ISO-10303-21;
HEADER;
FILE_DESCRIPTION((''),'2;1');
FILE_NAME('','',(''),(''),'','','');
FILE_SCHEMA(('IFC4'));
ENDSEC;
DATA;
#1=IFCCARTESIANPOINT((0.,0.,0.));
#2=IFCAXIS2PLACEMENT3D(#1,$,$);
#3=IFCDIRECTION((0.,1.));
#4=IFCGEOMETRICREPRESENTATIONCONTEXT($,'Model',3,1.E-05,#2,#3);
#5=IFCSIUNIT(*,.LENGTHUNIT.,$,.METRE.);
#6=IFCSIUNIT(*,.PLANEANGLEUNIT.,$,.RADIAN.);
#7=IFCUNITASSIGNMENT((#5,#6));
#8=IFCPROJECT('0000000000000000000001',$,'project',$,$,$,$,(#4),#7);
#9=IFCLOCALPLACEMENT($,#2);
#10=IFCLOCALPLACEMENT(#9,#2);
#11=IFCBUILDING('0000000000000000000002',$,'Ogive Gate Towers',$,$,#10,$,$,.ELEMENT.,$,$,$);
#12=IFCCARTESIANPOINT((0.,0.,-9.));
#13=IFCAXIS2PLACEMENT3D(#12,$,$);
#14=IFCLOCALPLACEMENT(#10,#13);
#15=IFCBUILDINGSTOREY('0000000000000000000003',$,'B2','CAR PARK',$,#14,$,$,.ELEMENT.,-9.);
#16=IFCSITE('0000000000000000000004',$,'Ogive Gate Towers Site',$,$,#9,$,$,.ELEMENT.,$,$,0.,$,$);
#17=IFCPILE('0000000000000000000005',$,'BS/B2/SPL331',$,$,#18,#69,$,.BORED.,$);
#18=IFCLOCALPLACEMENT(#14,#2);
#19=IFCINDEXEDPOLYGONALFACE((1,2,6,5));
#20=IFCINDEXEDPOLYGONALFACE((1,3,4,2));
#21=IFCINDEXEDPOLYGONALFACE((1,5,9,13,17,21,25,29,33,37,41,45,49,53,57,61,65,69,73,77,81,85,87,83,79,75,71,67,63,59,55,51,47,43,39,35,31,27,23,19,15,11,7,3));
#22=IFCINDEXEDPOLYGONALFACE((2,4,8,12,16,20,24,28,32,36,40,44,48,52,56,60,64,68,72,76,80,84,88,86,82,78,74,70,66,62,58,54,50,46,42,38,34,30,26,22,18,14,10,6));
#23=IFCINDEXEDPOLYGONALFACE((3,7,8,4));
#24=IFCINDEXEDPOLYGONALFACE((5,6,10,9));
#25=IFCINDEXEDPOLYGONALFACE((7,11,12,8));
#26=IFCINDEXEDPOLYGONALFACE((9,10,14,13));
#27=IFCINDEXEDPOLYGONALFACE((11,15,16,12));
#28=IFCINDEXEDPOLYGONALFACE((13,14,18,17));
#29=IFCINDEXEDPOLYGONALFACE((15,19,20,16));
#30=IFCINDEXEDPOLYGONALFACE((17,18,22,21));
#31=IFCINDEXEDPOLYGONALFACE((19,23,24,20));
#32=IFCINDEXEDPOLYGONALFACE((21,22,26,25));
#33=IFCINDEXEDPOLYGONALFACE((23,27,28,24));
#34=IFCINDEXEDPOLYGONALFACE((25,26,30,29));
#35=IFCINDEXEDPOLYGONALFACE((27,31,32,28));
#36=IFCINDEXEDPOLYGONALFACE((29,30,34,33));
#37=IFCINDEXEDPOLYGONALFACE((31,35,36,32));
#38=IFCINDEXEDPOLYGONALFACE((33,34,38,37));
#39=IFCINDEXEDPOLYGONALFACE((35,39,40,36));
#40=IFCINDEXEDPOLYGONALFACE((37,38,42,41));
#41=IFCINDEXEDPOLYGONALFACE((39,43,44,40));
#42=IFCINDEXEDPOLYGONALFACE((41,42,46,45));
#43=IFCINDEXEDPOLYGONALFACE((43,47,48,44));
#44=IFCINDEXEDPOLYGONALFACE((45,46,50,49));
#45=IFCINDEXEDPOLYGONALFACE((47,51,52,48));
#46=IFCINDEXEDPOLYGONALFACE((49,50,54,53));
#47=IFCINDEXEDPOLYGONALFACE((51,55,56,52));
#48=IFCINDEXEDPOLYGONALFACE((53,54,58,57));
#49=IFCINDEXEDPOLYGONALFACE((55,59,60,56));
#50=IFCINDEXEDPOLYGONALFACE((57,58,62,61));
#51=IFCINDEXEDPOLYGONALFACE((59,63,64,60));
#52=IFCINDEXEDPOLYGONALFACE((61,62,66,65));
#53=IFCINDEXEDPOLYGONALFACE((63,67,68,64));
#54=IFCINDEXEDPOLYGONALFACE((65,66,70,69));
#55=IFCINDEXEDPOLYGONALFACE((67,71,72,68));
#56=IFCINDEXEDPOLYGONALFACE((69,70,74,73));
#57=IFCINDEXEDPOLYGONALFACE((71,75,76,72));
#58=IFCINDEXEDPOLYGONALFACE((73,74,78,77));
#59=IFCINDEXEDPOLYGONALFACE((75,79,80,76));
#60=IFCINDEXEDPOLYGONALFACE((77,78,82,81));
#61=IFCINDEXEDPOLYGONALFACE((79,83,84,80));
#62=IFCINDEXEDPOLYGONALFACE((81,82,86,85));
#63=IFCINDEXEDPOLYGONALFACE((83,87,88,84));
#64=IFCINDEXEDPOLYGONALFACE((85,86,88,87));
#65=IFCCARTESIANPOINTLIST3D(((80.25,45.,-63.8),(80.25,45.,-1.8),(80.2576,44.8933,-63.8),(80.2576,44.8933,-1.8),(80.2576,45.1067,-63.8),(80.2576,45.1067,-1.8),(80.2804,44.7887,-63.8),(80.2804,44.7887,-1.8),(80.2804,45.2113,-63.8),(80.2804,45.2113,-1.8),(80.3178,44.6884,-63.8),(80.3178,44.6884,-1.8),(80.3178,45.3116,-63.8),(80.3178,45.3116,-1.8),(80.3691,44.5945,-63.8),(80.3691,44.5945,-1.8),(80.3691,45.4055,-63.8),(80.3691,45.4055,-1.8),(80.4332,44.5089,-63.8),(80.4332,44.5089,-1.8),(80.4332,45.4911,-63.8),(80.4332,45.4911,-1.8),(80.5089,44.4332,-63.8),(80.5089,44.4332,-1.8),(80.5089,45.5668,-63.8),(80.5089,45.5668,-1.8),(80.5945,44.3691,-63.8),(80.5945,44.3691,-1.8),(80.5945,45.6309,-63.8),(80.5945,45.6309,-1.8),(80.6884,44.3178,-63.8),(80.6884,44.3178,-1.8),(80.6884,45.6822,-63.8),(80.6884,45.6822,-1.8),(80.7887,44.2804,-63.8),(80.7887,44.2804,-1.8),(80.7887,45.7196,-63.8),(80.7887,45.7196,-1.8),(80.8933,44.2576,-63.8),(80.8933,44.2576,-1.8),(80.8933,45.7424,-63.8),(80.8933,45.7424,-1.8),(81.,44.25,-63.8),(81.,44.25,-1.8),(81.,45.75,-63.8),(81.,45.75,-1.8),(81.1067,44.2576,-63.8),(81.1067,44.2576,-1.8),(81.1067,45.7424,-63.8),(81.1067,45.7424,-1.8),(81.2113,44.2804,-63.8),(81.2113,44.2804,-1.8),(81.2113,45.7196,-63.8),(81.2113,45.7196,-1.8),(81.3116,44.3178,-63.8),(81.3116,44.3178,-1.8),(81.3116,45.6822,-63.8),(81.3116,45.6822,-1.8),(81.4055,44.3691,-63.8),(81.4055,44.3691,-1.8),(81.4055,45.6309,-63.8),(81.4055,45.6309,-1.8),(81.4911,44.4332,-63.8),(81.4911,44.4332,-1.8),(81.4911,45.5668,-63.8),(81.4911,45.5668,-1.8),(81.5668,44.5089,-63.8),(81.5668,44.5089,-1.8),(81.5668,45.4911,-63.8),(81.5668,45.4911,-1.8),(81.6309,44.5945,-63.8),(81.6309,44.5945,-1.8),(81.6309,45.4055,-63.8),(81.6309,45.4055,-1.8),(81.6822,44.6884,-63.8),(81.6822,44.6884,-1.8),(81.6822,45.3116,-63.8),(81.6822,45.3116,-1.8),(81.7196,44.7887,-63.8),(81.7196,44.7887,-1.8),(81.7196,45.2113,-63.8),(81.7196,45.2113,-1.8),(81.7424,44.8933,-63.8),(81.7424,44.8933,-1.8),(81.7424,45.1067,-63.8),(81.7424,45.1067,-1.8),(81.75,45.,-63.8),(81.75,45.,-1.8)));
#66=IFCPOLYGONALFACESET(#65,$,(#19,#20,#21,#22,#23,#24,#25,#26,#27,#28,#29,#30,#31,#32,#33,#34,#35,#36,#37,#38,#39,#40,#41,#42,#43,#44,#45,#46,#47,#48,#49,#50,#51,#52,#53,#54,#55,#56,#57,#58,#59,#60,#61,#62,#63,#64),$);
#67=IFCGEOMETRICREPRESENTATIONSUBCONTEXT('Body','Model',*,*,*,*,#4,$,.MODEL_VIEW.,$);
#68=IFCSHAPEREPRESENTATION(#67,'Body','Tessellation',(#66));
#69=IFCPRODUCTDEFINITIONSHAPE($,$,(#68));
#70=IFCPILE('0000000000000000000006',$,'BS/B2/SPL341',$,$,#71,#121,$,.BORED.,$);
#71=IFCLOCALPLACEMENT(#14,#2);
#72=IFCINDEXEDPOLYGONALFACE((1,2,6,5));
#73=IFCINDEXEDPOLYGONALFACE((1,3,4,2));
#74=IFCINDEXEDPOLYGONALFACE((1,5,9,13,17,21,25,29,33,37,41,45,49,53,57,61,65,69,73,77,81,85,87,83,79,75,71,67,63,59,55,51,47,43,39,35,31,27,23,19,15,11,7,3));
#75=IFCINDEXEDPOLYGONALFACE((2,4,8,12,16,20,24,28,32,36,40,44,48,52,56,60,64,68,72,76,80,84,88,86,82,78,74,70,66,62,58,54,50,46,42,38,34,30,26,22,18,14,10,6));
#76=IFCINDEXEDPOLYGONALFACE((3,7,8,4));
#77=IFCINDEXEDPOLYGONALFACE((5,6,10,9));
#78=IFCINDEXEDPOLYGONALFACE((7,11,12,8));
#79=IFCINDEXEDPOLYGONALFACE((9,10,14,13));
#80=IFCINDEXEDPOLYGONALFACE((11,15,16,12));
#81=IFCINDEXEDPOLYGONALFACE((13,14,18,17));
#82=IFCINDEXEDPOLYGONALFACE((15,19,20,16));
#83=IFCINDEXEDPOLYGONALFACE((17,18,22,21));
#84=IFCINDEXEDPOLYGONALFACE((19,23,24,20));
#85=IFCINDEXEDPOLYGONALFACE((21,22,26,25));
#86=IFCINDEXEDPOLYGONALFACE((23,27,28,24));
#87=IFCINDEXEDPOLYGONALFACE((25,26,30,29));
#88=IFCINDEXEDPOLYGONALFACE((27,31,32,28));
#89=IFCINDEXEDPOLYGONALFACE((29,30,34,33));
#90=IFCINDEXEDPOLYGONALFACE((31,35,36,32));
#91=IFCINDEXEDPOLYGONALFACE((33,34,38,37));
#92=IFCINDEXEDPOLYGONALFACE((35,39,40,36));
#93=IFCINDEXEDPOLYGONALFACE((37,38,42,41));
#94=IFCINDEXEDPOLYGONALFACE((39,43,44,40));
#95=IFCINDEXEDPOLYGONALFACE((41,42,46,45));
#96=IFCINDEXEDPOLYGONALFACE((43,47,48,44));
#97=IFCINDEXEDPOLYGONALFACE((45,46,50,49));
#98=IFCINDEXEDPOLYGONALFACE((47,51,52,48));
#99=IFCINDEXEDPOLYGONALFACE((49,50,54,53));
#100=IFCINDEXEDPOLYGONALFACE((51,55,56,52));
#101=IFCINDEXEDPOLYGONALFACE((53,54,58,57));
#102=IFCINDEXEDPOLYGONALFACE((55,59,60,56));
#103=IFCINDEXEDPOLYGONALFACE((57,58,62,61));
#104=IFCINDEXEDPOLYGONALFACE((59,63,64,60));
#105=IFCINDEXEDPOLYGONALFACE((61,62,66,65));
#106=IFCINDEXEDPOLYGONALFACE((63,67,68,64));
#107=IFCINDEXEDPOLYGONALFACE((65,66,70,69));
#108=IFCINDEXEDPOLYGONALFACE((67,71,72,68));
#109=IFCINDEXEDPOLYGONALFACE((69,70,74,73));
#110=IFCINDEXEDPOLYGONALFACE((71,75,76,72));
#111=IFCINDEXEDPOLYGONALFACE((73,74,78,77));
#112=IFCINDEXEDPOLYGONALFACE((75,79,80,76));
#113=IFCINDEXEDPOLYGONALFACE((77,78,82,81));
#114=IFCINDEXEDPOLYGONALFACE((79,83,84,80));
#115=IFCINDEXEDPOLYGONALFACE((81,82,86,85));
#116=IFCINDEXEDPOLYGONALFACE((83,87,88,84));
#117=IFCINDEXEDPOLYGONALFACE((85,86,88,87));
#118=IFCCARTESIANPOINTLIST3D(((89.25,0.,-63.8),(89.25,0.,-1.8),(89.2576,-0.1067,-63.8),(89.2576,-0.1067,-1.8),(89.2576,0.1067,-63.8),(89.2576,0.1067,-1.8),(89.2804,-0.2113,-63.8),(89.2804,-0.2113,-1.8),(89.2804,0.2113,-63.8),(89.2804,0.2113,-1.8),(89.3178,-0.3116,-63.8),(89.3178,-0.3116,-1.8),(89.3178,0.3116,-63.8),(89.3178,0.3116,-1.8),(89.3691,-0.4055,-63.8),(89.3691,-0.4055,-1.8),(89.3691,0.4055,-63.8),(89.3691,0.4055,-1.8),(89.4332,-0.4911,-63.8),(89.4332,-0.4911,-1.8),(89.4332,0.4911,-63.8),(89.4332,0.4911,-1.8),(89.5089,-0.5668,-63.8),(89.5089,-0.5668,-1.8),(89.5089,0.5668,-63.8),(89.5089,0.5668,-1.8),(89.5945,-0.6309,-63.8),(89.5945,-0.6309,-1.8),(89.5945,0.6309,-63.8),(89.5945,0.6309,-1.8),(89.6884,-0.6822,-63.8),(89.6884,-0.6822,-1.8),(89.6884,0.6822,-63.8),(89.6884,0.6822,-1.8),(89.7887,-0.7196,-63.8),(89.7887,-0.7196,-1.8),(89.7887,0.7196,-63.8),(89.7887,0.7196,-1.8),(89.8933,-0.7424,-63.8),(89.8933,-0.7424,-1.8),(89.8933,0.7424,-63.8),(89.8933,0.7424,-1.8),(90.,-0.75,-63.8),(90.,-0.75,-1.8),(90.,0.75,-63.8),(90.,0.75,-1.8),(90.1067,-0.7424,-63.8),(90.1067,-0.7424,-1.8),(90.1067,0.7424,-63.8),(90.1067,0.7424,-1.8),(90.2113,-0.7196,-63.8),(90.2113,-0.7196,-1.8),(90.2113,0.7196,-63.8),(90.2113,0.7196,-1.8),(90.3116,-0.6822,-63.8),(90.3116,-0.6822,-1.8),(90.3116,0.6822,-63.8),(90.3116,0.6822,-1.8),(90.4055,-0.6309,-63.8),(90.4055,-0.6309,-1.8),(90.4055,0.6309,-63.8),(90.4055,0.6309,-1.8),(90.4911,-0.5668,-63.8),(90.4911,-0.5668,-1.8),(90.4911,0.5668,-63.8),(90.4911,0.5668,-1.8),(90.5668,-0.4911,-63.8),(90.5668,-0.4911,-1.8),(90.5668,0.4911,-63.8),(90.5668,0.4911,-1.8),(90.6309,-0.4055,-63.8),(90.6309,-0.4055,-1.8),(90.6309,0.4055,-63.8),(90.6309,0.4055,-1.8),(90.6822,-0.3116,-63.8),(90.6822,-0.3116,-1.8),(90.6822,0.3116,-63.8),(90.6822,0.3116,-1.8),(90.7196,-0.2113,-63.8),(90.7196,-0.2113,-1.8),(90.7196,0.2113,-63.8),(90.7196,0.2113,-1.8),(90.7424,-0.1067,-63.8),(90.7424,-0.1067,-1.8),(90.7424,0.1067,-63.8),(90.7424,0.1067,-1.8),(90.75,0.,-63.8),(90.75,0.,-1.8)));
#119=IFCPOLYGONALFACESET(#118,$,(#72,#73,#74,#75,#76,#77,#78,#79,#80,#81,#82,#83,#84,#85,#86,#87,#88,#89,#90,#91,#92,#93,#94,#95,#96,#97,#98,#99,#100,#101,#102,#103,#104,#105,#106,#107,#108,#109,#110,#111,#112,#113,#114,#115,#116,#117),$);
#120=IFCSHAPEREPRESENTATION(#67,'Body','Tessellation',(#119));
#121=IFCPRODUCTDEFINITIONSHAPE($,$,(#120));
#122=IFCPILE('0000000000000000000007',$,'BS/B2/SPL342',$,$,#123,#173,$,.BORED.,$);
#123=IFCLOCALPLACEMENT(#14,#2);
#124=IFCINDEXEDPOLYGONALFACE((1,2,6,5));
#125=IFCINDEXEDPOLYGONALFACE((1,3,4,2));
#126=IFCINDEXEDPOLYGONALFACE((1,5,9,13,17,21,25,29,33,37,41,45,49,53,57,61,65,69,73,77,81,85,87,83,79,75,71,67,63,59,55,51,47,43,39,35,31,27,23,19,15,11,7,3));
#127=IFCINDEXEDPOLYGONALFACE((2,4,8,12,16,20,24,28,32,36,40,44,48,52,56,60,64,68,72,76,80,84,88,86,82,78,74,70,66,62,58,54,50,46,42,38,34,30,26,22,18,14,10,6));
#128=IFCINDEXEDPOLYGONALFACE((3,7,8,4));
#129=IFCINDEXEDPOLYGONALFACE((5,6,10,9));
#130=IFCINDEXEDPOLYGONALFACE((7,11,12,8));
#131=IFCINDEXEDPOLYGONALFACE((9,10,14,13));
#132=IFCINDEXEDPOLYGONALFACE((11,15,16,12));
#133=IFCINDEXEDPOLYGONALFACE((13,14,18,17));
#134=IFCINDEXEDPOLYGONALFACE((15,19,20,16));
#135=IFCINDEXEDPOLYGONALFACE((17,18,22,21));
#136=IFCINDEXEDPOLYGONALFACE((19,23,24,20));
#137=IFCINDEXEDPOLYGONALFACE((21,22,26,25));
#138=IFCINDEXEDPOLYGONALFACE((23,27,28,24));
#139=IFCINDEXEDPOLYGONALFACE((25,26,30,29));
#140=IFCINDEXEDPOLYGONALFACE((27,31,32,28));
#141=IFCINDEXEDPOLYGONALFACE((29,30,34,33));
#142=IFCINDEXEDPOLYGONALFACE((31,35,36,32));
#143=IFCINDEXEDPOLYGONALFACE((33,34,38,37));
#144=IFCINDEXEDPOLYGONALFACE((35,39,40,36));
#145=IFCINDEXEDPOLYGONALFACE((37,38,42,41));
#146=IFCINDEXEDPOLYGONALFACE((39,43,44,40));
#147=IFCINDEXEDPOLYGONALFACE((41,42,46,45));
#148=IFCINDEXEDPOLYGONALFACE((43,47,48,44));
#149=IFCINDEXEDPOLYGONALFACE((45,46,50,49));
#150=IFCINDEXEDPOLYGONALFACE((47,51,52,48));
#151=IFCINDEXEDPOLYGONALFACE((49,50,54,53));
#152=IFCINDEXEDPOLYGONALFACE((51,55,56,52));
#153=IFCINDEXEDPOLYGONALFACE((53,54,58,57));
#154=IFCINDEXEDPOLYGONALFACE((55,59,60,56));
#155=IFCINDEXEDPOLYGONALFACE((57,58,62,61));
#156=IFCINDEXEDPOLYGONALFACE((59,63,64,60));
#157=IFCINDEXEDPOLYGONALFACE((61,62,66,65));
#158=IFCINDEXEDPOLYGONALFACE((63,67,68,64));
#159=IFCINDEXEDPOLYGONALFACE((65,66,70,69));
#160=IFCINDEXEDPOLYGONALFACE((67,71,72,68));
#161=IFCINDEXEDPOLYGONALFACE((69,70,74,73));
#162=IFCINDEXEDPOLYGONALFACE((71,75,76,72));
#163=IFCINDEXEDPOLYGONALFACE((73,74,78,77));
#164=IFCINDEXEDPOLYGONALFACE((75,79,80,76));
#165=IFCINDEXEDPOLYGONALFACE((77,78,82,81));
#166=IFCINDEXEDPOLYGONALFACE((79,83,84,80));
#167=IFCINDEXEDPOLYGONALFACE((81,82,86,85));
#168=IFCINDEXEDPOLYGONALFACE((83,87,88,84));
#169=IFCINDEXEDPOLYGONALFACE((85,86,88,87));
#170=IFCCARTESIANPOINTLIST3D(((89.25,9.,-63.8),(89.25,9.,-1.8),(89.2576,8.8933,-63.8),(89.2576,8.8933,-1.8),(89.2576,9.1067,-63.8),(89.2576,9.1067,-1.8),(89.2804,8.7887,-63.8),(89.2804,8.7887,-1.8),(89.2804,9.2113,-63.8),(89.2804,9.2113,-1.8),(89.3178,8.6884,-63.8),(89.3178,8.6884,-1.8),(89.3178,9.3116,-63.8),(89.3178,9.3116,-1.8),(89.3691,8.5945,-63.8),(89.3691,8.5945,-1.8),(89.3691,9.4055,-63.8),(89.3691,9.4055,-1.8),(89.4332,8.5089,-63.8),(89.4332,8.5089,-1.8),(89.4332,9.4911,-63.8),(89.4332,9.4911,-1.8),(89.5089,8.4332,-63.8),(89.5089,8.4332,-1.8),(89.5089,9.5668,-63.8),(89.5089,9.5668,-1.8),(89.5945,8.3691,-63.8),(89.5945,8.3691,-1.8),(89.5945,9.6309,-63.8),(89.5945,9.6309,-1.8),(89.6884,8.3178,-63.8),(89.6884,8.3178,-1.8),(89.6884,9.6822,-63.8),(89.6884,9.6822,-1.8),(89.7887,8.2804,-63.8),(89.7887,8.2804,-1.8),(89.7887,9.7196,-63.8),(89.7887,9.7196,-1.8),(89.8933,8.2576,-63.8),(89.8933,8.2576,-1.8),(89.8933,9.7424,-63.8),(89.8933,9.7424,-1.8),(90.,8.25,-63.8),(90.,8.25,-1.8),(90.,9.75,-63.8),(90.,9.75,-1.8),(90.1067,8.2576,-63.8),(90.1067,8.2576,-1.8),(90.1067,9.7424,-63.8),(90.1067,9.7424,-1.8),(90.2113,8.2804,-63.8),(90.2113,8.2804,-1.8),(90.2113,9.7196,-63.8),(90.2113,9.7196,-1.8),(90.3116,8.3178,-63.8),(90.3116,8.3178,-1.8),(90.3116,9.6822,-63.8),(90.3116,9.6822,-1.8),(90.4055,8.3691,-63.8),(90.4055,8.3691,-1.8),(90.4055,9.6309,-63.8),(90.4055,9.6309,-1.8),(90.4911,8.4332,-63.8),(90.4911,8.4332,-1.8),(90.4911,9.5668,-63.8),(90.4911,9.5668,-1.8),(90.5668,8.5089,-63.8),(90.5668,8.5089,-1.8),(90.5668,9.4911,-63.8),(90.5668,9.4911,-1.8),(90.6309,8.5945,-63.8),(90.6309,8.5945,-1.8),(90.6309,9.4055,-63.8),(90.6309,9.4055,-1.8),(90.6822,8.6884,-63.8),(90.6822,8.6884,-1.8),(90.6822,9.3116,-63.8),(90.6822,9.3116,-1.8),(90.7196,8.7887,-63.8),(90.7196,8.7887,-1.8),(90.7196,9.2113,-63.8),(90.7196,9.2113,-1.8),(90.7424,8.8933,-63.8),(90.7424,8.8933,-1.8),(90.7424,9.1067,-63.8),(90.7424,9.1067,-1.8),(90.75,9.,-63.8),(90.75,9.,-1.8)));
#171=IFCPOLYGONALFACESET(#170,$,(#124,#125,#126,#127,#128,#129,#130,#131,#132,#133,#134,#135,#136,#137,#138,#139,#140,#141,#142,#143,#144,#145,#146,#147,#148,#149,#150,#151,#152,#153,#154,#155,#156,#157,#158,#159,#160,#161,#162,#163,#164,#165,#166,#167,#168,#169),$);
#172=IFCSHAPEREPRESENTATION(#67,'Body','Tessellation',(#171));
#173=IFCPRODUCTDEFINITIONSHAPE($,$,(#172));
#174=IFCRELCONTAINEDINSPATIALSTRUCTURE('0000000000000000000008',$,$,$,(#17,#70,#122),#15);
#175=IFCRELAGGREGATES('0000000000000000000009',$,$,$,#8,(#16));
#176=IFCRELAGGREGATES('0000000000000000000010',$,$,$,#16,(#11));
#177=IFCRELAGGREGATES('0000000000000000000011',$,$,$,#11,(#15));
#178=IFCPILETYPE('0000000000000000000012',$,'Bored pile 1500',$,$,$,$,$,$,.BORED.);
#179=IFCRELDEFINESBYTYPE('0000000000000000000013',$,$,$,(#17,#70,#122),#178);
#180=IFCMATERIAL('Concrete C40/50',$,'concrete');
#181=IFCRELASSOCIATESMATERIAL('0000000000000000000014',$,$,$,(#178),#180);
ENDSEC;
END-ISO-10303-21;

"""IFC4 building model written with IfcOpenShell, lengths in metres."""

from ifc_helpers import new_model, si_unit, direction, frame, origin, origin_2d, place, context, subcontext, project, spatial, circle, extrude, material, material_profile, profile_set, type_object, element, save


model = new_model("IFC4")

# Units and contexts
model_context = context("Model", 3, precision=1e-05, world=origin(), true_north=direction((0.0, 1.0)))
body_context = subcontext(model_context, "Body", "Model", "MODEL_VIEW")
ifc_project = project(units=[si_unit("LENGTHUNIT", "METRE"), si_unit("PLANEANGLEUNIT", "RADIAN")], contexts=[model_context])

# Site, building, storey
site_placement = place(None, origin())
site = spatial("IfcSite", under=ifc_project, at=site_placement, Name="Ogive Gate Towers Site", CompositionType="ELEMENT", RefElevation=0.0)
building_placement = place(site_placement, origin())
building = spatial("IfcBuilding", under=site, at=building_placement, Name="Ogive Gate Towers", CompositionType="ELEMENT")
storey_placement = place(building_placement, frame((0.0, 0.0, -9.0)))
storey = spatial("IfcBuildingStorey", under=building, at=storey_placement, Name="B2", Description="CAR PARK", CompositionType="ELEMENT", Elevation=-9.0)

# Piles
ifc_material_1 = material(Name="Concrete C40/50", Category="concrete")
ifc_material_profile_1 = material_profile(ifc_material_1, circle(Radius=0.75, at=origin_2d()), Name="BP 1500")
ifc_profile_set_1 = profile_set([ifc_material_profile_1], Name="Concrete C40/50")
pile_type = type_object("IfcPileType", Name="Bored pile 1500", PredefinedType="BORED", material=ifc_profile_set_1)
for number, where, z_axis, x_axis, name in (
    (1, (81.0, 45.0, -1.8), (0.0, 0.0, -1.0), (1.0, 0.0, 0.0), "BS/B2/SPL331"),
    (2, (90.0, 0.0, -1.8), (0.0, 0.0, -1.0), (1.0, 0.0, 0.0), "BS/B2/SPL341"),
    (3, (90.0, 9.0, -1.8), (0.0, 0.0, -1.0), (1.0, 0.0, 0.0), "BS/B2/SPL342"),
):
    element("IfcPile", number, at=place(storey_placement, frame(where, z_axis=z_axis, x_axis=x_axis)), inside=storey, type_object=pile_type, Name=name, PredefinedType="BORED", context=body_context, shape_type="SweptSolid", body=[
        extrude(circle(Radius=0.75, at=origin_2d()), origin(), (0.0, 0.0, 1.0), 62.0),
    ])

save(model, "model.ifc")
